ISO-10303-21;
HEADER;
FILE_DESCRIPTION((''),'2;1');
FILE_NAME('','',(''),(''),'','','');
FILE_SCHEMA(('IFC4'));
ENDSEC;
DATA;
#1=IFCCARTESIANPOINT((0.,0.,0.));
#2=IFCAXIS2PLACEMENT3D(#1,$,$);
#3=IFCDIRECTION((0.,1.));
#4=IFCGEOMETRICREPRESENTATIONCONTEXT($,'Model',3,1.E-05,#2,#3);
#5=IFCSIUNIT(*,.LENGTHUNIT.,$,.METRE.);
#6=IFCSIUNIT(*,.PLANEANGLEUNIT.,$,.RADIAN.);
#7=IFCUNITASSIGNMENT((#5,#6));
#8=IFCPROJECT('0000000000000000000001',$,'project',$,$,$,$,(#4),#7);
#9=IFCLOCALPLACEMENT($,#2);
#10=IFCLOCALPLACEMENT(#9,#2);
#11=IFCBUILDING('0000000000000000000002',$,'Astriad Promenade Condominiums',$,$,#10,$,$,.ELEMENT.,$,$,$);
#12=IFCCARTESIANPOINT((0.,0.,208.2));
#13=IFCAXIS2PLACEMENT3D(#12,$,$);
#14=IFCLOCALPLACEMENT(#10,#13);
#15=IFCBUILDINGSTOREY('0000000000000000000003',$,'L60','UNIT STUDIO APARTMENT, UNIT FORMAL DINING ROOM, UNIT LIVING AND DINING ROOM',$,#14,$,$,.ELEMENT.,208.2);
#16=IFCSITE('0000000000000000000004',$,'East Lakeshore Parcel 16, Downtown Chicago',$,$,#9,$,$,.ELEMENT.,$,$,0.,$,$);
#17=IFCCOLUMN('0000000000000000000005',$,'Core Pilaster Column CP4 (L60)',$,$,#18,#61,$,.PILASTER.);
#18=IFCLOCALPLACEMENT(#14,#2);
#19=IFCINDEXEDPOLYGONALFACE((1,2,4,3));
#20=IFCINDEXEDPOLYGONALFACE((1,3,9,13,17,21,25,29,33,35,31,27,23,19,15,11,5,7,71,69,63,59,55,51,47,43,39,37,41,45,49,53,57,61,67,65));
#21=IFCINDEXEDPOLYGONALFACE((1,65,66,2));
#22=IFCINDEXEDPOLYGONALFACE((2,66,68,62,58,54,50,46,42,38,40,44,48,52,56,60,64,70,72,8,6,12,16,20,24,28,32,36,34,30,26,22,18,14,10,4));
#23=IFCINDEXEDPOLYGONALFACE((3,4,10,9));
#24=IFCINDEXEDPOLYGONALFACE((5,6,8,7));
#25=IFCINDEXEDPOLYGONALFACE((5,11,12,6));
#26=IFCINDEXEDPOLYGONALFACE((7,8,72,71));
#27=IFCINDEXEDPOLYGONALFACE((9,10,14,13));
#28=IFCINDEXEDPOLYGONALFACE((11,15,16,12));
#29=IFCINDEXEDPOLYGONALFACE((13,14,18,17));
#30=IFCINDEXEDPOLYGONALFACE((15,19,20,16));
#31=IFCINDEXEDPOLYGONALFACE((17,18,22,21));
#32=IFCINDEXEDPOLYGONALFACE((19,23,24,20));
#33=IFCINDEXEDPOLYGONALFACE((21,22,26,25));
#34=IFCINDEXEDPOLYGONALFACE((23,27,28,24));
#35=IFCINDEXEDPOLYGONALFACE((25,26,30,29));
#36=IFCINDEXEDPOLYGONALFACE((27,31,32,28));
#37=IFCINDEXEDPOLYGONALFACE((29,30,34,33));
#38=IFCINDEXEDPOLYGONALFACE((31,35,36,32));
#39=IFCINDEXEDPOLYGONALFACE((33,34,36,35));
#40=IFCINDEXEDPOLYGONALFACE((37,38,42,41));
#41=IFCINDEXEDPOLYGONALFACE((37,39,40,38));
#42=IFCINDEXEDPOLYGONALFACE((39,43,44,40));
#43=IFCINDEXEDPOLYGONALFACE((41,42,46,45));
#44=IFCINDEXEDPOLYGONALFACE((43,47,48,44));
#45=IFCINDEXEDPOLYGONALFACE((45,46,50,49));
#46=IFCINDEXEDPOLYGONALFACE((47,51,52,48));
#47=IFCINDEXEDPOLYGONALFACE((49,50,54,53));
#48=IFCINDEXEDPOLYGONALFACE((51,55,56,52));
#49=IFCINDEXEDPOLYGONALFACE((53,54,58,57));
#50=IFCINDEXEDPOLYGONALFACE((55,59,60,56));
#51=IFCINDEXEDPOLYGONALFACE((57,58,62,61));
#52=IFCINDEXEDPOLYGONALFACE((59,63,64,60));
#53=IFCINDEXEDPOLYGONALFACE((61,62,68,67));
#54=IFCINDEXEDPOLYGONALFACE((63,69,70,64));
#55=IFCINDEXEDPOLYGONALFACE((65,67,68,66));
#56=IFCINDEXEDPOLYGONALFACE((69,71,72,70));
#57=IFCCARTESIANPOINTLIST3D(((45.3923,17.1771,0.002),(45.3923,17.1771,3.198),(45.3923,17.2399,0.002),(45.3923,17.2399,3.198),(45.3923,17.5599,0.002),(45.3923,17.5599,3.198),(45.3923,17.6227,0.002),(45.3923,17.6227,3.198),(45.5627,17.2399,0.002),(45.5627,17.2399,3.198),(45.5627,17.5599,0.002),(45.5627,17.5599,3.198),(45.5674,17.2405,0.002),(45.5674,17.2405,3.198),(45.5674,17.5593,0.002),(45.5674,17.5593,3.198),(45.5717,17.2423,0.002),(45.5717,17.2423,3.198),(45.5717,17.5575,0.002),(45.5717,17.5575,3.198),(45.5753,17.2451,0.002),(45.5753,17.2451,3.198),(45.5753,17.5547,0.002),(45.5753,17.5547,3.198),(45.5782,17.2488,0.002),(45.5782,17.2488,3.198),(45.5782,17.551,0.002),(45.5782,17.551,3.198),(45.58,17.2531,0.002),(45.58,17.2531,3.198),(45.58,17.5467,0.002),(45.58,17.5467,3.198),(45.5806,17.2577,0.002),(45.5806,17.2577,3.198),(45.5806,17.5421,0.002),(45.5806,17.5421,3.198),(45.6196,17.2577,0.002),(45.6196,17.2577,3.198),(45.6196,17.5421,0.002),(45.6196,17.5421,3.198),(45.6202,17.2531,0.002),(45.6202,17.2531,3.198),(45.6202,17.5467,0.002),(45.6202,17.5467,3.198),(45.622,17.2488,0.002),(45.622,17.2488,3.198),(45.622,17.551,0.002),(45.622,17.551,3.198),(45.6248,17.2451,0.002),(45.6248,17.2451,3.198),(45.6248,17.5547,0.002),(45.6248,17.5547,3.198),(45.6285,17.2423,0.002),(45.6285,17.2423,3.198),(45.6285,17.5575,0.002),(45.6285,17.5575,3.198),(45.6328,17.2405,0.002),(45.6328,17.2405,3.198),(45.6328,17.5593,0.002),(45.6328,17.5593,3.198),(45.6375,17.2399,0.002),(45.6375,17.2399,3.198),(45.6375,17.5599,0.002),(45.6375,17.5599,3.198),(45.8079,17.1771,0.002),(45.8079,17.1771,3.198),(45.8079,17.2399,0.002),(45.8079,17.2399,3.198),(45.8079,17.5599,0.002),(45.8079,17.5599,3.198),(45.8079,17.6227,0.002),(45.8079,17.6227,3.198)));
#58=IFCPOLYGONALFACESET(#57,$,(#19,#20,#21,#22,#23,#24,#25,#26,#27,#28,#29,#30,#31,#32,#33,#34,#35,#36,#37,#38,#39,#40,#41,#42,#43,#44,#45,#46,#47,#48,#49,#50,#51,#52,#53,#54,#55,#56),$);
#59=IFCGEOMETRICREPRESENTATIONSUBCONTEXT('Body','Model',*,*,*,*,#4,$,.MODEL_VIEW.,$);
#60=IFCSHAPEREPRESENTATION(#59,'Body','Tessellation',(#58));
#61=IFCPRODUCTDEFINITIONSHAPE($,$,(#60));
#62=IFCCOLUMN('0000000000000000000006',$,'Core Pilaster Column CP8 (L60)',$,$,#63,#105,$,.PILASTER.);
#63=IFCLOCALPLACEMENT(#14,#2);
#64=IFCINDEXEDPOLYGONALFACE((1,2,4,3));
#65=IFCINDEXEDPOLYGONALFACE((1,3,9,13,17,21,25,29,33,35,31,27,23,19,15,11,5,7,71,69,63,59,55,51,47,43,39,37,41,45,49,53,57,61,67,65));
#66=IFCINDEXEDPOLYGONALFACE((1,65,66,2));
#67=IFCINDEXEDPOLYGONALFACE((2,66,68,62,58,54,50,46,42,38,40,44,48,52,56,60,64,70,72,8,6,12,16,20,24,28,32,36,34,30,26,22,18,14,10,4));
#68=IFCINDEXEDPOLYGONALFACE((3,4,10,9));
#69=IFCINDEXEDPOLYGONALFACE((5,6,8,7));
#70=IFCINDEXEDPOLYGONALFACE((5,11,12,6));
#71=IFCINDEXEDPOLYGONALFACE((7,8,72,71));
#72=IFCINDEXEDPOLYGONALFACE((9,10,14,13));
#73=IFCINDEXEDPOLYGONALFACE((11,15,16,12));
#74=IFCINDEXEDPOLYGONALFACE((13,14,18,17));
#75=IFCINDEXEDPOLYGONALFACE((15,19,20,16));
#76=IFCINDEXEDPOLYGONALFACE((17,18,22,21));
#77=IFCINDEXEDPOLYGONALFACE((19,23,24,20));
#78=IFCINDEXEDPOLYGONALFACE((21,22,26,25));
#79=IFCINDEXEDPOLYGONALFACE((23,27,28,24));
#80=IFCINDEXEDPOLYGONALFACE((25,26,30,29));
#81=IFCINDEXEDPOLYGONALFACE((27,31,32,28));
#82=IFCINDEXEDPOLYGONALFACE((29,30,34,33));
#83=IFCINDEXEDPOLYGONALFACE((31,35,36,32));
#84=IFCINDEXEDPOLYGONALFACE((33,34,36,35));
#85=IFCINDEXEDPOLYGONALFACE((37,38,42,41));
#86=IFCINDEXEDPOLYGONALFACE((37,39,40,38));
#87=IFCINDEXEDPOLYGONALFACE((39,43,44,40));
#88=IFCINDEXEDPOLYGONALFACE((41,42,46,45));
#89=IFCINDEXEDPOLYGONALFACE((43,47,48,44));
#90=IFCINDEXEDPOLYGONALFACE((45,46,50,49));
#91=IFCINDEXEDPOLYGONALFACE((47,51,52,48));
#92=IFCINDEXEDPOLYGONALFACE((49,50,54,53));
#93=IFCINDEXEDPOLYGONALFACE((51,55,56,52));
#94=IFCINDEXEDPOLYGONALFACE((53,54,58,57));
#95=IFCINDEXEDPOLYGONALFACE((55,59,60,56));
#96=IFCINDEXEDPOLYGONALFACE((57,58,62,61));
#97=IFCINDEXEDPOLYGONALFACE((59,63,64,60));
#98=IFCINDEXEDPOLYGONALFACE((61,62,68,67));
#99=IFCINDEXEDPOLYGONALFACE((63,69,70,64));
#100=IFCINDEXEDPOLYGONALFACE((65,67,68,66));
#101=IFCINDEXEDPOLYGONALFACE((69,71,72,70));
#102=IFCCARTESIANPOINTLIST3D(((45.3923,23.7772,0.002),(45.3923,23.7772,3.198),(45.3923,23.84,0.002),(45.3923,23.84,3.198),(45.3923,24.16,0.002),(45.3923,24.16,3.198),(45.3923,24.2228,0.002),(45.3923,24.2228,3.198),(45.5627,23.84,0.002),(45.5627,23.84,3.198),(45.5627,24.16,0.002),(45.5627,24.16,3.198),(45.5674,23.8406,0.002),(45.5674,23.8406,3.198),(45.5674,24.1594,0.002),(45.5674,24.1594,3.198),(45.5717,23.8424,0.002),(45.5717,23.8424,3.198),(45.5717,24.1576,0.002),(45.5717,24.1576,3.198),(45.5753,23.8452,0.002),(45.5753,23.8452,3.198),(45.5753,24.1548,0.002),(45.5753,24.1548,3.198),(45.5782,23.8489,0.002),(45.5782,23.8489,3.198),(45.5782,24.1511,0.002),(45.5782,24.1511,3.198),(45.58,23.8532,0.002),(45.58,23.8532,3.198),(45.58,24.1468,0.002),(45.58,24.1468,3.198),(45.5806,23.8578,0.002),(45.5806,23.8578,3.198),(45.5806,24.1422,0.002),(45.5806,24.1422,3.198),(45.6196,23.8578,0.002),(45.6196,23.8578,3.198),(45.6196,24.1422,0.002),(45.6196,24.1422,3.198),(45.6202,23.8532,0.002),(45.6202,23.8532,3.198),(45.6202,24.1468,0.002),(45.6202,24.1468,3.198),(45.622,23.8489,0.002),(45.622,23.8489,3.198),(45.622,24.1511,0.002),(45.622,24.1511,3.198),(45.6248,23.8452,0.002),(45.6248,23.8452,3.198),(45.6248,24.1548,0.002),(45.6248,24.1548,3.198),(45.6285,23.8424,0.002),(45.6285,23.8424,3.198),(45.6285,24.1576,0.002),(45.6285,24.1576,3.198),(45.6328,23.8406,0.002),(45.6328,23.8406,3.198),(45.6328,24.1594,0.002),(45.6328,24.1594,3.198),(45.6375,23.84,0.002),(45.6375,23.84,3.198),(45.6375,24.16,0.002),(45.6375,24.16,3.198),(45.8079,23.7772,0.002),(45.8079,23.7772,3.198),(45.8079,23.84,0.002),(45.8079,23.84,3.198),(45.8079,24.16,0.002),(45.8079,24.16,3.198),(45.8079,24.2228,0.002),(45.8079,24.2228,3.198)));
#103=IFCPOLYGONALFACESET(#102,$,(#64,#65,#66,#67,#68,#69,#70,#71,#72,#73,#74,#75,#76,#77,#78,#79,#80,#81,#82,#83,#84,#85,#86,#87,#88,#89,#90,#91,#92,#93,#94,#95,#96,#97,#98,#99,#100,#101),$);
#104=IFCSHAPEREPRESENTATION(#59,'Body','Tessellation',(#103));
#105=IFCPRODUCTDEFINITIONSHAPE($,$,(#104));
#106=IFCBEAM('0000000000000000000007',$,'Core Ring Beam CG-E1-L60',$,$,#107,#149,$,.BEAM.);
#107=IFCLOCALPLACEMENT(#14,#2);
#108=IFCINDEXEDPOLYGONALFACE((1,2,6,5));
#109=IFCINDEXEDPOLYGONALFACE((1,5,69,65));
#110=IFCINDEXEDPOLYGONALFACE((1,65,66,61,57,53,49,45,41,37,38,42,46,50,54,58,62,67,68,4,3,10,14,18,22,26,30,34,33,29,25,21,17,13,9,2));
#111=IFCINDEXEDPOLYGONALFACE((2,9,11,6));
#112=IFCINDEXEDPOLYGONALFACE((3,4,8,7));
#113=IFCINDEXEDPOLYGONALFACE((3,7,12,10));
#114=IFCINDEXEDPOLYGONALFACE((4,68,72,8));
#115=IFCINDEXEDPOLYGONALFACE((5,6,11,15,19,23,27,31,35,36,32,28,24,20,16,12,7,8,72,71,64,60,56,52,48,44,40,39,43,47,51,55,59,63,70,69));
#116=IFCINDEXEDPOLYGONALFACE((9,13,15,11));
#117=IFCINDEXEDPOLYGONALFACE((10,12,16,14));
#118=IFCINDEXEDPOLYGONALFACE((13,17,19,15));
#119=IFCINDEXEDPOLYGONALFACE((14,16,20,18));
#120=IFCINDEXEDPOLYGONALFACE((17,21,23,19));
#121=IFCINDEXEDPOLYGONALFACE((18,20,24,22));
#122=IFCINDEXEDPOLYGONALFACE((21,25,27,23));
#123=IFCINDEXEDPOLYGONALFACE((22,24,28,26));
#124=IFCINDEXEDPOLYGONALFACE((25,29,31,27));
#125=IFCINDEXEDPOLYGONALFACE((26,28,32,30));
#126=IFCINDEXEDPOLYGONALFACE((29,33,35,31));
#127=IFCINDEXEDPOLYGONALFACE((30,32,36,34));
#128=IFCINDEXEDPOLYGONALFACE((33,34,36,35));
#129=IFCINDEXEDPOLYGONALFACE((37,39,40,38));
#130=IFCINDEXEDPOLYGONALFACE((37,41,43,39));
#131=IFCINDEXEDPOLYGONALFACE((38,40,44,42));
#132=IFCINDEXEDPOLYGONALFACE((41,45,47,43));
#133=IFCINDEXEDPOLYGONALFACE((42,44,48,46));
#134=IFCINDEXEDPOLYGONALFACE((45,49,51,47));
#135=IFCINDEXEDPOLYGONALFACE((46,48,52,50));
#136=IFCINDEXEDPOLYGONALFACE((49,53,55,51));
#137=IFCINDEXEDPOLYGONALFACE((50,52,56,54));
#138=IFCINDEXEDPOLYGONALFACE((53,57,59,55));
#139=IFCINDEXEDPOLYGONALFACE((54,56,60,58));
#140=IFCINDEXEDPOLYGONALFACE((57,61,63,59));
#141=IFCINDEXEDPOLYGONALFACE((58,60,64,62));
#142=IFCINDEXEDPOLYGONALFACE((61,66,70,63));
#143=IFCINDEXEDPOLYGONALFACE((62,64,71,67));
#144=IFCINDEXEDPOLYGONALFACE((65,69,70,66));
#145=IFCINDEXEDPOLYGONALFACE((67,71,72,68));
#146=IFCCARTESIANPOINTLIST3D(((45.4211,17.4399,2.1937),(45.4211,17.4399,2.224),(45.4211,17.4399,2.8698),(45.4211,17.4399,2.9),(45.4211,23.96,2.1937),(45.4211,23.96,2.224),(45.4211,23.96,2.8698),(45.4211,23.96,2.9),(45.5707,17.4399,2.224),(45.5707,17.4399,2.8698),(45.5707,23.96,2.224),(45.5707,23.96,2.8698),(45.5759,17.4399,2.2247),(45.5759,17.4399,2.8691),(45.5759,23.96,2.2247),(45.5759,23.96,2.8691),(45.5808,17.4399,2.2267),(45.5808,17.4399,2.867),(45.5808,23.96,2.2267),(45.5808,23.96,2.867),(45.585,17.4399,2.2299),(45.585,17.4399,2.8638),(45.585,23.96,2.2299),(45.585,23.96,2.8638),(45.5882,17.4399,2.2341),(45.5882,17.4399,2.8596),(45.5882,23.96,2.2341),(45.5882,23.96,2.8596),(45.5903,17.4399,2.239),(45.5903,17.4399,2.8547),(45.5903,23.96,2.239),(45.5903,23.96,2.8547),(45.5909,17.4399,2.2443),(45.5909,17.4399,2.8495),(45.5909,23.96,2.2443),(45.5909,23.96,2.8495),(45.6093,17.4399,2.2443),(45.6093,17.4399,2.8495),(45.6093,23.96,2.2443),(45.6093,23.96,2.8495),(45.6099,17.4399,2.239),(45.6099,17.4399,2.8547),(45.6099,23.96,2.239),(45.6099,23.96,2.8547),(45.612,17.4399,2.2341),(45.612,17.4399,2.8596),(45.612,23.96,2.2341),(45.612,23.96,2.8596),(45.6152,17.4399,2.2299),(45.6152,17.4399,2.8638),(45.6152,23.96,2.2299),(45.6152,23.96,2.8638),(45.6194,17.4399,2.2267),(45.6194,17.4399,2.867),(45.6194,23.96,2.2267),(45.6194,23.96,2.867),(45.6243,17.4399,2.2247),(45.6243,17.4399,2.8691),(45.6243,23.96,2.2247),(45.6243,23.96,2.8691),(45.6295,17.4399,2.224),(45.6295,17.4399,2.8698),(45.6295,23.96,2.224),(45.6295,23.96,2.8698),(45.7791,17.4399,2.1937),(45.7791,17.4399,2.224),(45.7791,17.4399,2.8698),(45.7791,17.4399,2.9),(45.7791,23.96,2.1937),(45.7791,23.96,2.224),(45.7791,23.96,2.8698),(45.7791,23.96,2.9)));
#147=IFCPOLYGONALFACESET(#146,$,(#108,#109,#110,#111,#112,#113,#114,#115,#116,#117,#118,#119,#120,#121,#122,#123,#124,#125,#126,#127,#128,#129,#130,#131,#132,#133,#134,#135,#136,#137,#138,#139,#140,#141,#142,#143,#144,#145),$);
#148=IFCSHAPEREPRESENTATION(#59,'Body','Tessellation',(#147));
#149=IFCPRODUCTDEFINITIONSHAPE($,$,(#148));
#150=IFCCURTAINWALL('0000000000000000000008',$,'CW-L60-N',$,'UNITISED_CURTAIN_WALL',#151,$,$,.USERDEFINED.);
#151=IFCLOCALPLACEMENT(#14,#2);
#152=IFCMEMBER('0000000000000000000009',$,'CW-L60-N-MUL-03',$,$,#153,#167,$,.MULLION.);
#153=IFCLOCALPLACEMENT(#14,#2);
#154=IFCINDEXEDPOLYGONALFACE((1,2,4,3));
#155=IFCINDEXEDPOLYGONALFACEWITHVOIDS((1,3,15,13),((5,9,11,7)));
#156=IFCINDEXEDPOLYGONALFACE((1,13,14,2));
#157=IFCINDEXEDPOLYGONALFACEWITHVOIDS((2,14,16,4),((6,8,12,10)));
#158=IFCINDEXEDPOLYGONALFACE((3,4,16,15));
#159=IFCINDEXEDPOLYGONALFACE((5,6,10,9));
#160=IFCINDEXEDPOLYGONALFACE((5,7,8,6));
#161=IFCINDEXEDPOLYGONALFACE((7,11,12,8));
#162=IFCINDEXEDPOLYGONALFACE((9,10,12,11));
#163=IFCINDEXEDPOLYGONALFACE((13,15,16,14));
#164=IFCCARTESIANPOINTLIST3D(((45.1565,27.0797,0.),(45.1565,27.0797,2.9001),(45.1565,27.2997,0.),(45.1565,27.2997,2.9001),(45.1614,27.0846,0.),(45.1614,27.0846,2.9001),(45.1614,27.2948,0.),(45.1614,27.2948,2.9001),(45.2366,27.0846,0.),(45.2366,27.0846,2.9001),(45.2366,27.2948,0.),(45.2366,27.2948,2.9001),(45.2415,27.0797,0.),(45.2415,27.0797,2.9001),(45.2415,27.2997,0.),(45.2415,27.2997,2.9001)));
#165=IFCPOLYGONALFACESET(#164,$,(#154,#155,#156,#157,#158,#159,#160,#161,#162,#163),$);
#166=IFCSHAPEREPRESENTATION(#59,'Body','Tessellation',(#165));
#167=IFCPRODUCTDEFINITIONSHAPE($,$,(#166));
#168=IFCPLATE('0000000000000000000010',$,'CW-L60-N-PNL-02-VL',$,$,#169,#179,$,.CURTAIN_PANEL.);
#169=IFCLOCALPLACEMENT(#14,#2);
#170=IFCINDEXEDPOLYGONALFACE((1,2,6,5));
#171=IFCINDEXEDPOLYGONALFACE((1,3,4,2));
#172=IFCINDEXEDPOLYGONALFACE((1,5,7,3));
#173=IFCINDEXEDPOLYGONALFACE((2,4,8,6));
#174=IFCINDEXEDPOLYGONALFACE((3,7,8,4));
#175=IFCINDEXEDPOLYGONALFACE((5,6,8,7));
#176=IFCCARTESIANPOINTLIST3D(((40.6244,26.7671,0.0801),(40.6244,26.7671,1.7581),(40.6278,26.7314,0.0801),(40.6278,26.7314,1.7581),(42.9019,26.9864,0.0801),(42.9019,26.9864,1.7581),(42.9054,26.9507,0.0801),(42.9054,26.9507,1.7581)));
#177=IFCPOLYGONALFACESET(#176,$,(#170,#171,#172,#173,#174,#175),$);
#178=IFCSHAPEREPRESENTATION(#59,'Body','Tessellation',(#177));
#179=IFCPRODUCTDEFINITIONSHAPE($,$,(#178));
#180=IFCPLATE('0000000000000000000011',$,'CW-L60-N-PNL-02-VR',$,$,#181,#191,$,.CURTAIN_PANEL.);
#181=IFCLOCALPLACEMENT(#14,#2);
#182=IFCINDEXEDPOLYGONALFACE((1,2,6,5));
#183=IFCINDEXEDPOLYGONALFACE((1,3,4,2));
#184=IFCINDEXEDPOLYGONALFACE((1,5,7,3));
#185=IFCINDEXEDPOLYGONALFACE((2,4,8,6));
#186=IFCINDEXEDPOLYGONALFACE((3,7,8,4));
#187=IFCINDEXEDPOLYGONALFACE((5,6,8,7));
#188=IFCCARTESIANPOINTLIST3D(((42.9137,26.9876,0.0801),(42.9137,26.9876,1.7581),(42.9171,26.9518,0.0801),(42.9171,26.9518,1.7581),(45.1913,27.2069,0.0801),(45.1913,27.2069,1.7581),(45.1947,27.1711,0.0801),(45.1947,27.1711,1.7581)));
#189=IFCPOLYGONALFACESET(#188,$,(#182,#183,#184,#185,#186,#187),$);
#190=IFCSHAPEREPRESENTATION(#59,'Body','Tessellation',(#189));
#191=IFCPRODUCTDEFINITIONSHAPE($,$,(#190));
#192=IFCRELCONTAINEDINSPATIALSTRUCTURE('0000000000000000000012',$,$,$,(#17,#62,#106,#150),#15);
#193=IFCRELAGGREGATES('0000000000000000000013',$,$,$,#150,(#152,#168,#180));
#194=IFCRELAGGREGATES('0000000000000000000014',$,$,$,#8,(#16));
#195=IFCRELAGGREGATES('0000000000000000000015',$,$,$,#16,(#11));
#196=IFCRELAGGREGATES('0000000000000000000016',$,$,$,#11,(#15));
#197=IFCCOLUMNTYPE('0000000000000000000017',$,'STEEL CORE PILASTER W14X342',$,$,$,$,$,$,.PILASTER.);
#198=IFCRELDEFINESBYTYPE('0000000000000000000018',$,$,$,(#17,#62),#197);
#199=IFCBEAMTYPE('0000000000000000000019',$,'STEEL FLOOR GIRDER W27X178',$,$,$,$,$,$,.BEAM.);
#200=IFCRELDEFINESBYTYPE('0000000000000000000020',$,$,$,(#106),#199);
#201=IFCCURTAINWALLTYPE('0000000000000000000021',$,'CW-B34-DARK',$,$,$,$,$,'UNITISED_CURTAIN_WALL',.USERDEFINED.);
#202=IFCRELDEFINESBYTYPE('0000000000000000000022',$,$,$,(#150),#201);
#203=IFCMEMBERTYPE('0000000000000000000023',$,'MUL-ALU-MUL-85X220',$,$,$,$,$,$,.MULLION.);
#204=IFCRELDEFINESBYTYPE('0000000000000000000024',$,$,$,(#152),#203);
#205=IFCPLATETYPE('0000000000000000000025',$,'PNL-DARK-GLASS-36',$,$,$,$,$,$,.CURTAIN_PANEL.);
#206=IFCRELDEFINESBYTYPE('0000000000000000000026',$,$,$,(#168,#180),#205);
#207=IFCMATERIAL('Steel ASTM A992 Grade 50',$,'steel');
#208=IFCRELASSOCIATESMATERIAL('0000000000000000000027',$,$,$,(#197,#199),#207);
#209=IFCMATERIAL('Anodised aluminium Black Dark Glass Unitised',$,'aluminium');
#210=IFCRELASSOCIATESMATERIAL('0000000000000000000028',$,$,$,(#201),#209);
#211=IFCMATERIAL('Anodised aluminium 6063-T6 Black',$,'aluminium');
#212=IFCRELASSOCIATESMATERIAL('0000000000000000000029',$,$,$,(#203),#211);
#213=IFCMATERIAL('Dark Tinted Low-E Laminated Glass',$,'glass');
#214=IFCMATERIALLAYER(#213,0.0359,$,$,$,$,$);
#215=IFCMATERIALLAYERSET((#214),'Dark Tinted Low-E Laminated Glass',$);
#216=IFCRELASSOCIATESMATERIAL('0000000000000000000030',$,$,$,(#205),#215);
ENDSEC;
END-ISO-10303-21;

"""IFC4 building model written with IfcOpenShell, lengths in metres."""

from ifc_helpers import new_model, si_unit, direction, frame, origin, origin_2d, place, context, subcontext, project, spatial, rectangle, hollow_rectangle, i_section, extrude, source, transform, mapped, material, layer, layer_set, material_profile, profile_set, type_object, type_shapes, element, aggregate, save


model = new_model("IFC4")

# Units and contexts
model_context = context("Model", 3, precision=1e-05, world=origin(), true_north=direction((0.0, 1.0)))
body_context = subcontext(model_context, "Body", "Model", "MODEL_VIEW")
ifc_project = project(units=[si_unit("LENGTHUNIT", "METRE"), si_unit("PLANEANGLEUNIT", "RADIAN")], contexts=[model_context])

# Site, building, storey
site_placement = place(None, origin())
site = spatial("IfcSite", under=ifc_project, at=site_placement, Name="East Lakeshore Parcel 16, Downtown Chicago", CompositionType="ELEMENT", RefElevation=0.0)
building_placement = place(site_placement, origin())
building = spatial("IfcBuilding", under=site, at=building_placement, Name="Astriad Promenade Condominiums", CompositionType="ELEMENT")
storey_placement = place(building_placement, frame((0.0, 0.0, 208.2)))
storey = spatial("IfcBuildingStorey", under=building, at=storey_placement, Name="L60", Description="UNIT STUDIO APARTMENT, UNIT FORMAL DINING ROOM, UNIT LIVING AND DINING ROOM", CompositionType="ELEMENT", Elevation=208.2)

# Columns
ifc_material_1 = material(Name="Steel ASTM A992 Grade 50", Category="steel")
ifc_material_profile_1 = material_profile(ifc_material_1, i_section(OverallWidth=0.4155, OverallDepth=0.4456, WebThickness=0.0391, FlangeThickness=0.0627, FilletRadius=0.0178, at=origin_2d()), Name="W14X342")
ifc_profile_set_1 = profile_set([ifc_material_profile_1], Name="Steel ASTM A992 Grade 50")
column_type = type_object("IfcColumnType", Name="STEEL CORE PILASTER W14X342", PredefinedType="PILASTER", material=ifc_profile_set_1)
shared_shape_1 = source(origin(), body_context, "Body", "SweptSolid", [
    extrude(i_section(OverallWidth=0.4155, OverallDepth=0.4456, WebThickness=0.0391, FlangeThickness=0.0627, FilletRadius=0.0178, at=origin_2d()), origin(), (0.0, 0.0, 1.0), 3.196),
])
type_shapes(column_type, [shared_shape_1])
for number, where, z_axis, x_axis, name in (
    (1, (45.6001, 17.3999, 0.002), (0.0, 0.0, 1.0), (1.0, 0.0, 0.0), "Core Pilaster Column CP4 (L60)"),
    (2, (45.6001, 24.0, 0.002), (0.0, 0.0, 1.0), (1.0, 0.0, 0.0), "Core Pilaster Column CP8 (L60)"),
):
    element("IfcColumn", number, at=place(storey_placement, frame(where, z_axis=z_axis, x_axis=x_axis)), inside=storey, type_object=column_type, Name=name, PredefinedType="PILASTER", context=body_context, shape_type="MappedRepresentation", body=[
        mapped(shared_shape_1, transform((0.0, 0.0, 0.0), scale=1.0)),
    ])

# Beam
ifc_material_profile_2 = material_profile(ifc_material_1, i_section(OverallWidth=0.3579, OverallDepth=0.7063, WebThickness=0.0183, FlangeThickness=0.0303, FilletRadius=0.0203, at=origin_2d()), Name="W27X178")
ifc_profile_set_2 = profile_set([ifc_material_profile_2], Name="Steel ASTM A992 Grade 50")
beam_type = type_object("IfcBeamType", Name="STEEL FLOOR GIRDER W27X178", PredefinedType="BEAM", material=ifc_profile_set_2)
shared_shape_2 = source(origin(), body_context, "Body", "SweptSolid", [
    extrude(i_section(OverallWidth=0.3579, OverallDepth=0.7063, WebThickness=0.0183, FlangeThickness=0.0303, FilletRadius=0.0203, at=origin_2d()), origin(), (0.0, 0.0, 1.0), 6.52),
])
type_shapes(beam_type, [shared_shape_2])
beam_placement = place(storey_placement, frame((45.6001, 17.4399, 2.5469), z_axis=(0.0, 1.0, 0.0), x_axis=(-1.0, 0.0, 0.0)))
element("IfcBeam", 3, at=beam_placement, inside=storey, type_object=beam_type, Name="Core Ring Beam CG-E1-L60", PredefinedType="BEAM", context=body_context, shape_type="MappedRepresentation", body=[
    mapped(shared_shape_2, transform((0.0, 0.0, 0.0), scale=1.0)),
])

# Curtain wall, member, plates
ifc_material_2 = material(Name="Anodised aluminium Black Dark Glass Unitised", Category="aluminium")
curtain_wall_type = type_object("IfcCurtainWallType", Name="CW-B34-DARK", ElementType="UNITISED_CURTAIN_WALL", PredefinedType="USERDEFINED", material=ifc_material_2)
curtain_wall_placement = place(storey_placement, origin())
curtain_wall = element("IfcCurtainWall", 4, at=curtain_wall_placement, inside=storey, type_object=curtain_wall_type, Name="CW-L60-N", ObjectType="UNITISED_CURTAIN_WALL", PredefinedType="USERDEFINED")
ifc_material_3 = material(Name="Anodised aluminium 6063-T6 Black", Category="aluminium")
ifc_material_profile_3 = material_profile(ifc_material_3, hollow_rectangle(XDim=0.085, YDim=0.22, WallThickness=0.0049, at=origin_2d()), Name="ALU-MUL-85X220")
ifc_profile_set_3 = profile_set([ifc_material_profile_3], Name="Anodised aluminium 6063-T6 Black")
member_type = type_object("IfcMemberType", Name="MUL-ALU-MUL-85X220", PredefinedType="MULLION", material=ifc_profile_set_3)
shared_shape_3 = source(origin(), body_context, "Body", "SweptSolid", [
    extrude(hollow_rectangle(XDim=0.085, YDim=0.22, WallThickness=0.0049, at=origin_2d()), origin(), (0.0, 0.0, 1.0), 2.9001),
])
type_shapes(member_type, [shared_shape_3])
member_placement = place(storey_placement, frame((45.199, 27.1897, 0.0), z_axis=(0.0, 0.0, 1.0), x_axis=(1.0, 0.0, 0.0)))
member = element("IfcMember", 5, at=member_placement, type_object=member_type, Name="CW-L60-N-MUL-03", PredefinedType="MULLION", context=body_context, shape_type="MappedRepresentation", body=[
    mapped(shared_shape_3, transform((0.0, 0.0, 0.0), scale=1.0)),
])
ifc_material_4 = material(Name="Dark Tinted Low-E Laminated Glass", Category="glass")
ifc_layer_1 = layer(ifc_material_4, 0.0359)
ifc_layer_set_1 = layer_set([ifc_layer_1], Name="Dark Tinted Low-E Laminated Glass")
plate_type = type_object("IfcPlateType", Name="PNL-DARK-GLASS-36", PredefinedType="CURTAIN_PANEL", material=ifc_layer_set_1)
shared_shape_4 = source(origin(), body_context, "Body", "SweptSolid", [
    extrude(rectangle(XDim=2.2881, YDim=0.0359, at=origin_2d()), origin(), (0.0, 0.0, 1.0), 1.678),
])
plate_1_placement = place(storey_placement, frame((41.7649, 26.8589, 0.0801), z_axis=(0.0, 0.0, 1.0), x_axis=(0.995396, 0.095846, 0.0)))
plate_1 = element("IfcPlate", 6, at=plate_1_placement, type_object=plate_type, Name="CW-L60-N-PNL-02-VL", PredefinedType="CURTAIN_PANEL", context=body_context, shape_type="MappedRepresentation", body=[
    mapped(shared_shape_4, transform((0.0, 0.0, 0.0), scale=1.0)),
])
plate_2_placement = place(storey_placement, frame((44.0542, 27.0793, 0.0801), z_axis=(0.0, 0.0, 1.0), x_axis=(0.995396, 0.095846, 0.0)))
plate_2 = element("IfcPlate", 7, at=plate_2_placement, type_object=plate_type, Name="CW-L60-N-PNL-02-VR", PredefinedType="CURTAIN_PANEL", context=body_context, shape_type="MappedRepresentation", body=[
    mapped(shared_shape_4, transform((0.0, 0.0, 0.0), scale=1.0)),
])
aggregate(curtain_wall, [member, plate_1, plate_2])

save(model, "model.ifc")
